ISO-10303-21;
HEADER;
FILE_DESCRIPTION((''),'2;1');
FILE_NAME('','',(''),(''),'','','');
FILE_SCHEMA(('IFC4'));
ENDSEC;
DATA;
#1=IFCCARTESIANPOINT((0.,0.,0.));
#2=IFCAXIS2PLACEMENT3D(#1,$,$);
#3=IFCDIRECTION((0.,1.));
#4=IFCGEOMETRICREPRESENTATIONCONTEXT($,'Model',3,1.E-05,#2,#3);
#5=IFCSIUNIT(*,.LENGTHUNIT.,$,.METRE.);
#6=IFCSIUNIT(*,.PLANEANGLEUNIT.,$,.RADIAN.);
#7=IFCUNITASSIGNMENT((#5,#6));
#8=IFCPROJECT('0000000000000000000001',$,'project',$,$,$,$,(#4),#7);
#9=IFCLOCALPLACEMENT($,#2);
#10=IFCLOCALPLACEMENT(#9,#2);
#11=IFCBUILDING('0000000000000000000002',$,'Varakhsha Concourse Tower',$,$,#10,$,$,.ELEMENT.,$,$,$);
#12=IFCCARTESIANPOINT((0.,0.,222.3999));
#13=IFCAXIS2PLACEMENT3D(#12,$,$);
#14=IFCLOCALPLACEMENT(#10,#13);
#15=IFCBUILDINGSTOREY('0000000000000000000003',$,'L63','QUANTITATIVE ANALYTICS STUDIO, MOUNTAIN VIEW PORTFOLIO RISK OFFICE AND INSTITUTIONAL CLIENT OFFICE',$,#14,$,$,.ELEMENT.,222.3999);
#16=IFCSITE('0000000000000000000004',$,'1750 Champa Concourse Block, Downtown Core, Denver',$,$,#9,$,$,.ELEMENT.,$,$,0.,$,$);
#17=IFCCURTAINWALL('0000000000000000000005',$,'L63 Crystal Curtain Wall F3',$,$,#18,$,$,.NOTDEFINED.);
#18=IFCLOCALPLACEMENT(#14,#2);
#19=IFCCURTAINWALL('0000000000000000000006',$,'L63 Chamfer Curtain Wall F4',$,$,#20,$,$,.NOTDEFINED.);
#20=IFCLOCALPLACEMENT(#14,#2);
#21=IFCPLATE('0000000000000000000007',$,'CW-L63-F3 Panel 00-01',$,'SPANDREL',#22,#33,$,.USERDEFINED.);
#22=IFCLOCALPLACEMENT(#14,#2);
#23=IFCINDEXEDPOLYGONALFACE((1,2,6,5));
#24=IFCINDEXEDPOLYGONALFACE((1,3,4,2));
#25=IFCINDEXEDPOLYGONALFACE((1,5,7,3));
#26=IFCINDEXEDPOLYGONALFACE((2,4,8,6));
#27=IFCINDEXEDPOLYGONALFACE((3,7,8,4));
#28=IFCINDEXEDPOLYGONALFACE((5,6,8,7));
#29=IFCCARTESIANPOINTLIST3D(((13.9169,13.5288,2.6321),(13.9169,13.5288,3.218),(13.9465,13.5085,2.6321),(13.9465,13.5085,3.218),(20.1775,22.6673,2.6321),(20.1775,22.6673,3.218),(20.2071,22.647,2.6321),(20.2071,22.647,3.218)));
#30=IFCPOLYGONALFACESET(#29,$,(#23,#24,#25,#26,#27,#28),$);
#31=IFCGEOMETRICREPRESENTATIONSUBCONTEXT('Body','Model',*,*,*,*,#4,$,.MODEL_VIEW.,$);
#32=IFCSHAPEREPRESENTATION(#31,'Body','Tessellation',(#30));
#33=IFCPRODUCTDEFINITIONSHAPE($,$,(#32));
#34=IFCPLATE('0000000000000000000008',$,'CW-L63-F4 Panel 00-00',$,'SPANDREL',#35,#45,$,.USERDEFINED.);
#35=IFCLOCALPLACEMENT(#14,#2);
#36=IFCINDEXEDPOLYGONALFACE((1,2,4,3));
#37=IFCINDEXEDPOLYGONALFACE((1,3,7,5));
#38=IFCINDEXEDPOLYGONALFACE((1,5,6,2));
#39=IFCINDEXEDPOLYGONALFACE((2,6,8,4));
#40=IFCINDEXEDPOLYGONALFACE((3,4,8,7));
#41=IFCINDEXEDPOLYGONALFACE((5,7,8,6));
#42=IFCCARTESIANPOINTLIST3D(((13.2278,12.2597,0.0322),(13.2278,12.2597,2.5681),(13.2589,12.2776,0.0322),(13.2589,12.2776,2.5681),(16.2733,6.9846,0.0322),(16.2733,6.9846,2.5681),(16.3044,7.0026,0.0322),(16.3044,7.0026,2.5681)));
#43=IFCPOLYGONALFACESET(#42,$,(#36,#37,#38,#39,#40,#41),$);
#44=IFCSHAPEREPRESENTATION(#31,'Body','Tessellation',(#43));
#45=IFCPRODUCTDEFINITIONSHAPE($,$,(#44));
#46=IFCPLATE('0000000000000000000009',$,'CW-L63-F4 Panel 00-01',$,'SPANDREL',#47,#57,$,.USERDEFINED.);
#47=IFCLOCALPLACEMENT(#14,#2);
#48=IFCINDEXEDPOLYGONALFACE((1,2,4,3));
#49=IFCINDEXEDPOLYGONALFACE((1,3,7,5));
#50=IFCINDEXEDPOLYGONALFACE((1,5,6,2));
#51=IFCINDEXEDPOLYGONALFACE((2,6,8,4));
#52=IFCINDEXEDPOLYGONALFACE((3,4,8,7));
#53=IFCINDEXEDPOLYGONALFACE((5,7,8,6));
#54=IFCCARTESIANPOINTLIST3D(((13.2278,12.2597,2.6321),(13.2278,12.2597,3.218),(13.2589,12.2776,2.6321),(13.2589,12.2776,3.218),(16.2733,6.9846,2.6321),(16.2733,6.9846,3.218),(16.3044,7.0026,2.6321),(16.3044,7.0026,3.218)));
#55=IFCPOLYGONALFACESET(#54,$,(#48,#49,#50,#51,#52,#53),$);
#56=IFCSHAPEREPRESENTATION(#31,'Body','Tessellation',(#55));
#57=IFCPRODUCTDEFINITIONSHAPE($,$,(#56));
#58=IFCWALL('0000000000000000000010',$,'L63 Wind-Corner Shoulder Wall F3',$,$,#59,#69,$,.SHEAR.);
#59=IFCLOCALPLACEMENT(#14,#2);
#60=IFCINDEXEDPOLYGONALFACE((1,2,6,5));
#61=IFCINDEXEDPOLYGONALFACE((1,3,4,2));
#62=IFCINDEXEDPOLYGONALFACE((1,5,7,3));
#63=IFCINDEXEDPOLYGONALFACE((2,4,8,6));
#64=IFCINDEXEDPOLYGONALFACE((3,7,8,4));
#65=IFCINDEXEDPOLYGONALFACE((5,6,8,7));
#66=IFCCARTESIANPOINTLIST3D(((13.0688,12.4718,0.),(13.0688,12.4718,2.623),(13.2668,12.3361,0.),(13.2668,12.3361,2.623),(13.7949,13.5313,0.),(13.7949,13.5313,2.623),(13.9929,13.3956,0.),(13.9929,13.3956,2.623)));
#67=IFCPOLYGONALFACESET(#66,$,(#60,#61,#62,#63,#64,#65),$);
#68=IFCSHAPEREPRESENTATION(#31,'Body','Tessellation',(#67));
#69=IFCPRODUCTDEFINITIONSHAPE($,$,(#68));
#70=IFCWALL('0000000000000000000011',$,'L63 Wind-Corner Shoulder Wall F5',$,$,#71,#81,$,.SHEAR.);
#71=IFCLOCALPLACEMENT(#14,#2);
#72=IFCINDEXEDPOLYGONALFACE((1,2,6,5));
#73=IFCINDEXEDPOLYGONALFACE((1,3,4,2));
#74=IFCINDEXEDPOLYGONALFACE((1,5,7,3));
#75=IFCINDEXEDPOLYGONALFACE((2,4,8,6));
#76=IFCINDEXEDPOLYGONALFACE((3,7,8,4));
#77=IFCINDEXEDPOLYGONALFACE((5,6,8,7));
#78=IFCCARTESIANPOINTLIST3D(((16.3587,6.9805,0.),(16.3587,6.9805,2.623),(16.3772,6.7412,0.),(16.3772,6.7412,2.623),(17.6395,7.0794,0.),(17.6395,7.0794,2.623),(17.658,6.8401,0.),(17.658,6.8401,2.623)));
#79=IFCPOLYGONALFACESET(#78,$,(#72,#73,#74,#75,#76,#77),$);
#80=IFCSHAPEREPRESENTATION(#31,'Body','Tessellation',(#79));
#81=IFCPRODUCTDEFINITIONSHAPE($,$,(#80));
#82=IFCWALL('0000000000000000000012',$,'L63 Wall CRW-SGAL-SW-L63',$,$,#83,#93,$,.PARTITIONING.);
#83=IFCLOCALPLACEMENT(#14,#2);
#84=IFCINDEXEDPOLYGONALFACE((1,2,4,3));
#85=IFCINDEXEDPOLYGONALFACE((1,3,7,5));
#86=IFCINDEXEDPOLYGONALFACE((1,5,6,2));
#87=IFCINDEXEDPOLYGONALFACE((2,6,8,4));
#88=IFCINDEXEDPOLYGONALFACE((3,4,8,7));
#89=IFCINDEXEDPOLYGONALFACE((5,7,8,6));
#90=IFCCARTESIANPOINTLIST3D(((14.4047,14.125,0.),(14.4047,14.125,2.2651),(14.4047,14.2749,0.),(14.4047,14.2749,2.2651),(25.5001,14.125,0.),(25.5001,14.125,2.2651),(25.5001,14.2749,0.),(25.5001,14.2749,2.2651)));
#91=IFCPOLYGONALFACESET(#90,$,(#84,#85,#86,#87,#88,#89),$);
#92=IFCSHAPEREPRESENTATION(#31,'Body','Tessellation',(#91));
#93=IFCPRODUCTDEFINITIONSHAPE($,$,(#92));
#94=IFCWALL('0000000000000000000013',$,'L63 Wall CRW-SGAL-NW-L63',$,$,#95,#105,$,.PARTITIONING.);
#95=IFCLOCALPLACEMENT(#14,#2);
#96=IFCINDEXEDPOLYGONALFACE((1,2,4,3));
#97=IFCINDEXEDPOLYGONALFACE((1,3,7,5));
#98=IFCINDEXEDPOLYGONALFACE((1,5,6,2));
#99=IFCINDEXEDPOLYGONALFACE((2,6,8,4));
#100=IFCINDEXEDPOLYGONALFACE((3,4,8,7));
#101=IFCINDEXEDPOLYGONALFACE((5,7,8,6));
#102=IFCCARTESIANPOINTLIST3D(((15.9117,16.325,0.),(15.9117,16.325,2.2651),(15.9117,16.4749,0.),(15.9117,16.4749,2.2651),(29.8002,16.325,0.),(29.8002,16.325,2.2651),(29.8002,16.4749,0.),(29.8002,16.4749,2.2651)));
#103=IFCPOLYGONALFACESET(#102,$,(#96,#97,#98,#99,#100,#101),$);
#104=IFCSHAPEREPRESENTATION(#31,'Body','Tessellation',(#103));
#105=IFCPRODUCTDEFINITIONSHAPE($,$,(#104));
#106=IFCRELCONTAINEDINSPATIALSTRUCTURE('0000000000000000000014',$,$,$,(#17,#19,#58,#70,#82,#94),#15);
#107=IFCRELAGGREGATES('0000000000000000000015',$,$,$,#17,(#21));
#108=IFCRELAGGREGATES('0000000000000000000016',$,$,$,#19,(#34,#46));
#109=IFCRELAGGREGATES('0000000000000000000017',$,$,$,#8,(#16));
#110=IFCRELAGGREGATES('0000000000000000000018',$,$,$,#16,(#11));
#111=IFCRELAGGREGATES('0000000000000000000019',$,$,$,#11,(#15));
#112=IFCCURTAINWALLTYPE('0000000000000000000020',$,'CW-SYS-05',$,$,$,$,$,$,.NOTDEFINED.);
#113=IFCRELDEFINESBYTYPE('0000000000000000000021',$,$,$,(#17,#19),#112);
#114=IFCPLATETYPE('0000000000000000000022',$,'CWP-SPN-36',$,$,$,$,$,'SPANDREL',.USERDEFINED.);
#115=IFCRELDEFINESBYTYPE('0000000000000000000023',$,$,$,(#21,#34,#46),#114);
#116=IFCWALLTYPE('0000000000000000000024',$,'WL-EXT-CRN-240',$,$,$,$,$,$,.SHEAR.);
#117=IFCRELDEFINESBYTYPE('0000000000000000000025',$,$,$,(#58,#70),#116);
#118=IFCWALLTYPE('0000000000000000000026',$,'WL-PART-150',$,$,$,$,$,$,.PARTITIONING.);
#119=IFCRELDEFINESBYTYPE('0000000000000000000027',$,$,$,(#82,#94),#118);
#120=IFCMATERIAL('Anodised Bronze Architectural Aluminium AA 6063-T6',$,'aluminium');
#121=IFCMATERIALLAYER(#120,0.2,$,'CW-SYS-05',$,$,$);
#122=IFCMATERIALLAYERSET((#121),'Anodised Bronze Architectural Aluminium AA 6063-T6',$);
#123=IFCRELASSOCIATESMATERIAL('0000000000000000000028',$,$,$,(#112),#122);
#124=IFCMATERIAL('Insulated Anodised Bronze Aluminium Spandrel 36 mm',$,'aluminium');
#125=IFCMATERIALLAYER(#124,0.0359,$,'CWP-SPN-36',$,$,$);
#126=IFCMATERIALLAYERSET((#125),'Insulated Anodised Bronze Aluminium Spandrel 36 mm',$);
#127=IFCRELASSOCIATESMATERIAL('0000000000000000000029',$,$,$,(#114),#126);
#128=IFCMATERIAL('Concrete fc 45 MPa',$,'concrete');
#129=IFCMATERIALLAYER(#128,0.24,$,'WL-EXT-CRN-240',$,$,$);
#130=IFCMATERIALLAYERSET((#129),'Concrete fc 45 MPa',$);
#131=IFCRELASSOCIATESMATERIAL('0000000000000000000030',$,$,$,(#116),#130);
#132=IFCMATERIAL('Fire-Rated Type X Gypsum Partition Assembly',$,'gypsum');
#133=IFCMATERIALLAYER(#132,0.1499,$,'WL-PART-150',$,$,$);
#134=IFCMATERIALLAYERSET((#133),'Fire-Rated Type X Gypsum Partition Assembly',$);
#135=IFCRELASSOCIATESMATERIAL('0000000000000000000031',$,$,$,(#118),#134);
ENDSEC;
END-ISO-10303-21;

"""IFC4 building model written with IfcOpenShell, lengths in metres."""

from ifc_helpers import new_model, si_unit, direction, frame, frame_2d, origin, origin_2d, place, context, subcontext, project, spatial, rectangle, extrude, source, transform, mapped, material, layer, layer_set, type_object, type_shapes, element, aggregate, save


model = new_model("IFC4")

# Units and contexts
model_context = context("Model", 3, precision=1e-05, world=origin(), true_north=direction((0.0, 1.0)))
body_context = subcontext(model_context, "Body", "Model", "MODEL_VIEW")
ifc_project = project(units=[si_unit("LENGTHUNIT", "METRE"), si_unit("PLANEANGLEUNIT", "RADIAN")], contexts=[model_context])

# Site, building, storey
site_placement = place(None, origin())
site = spatial("IfcSite", under=ifc_project, at=site_placement, Name="1750 Champa Concourse Block, Downtown Core, Denver", CompositionType="ELEMENT", RefElevation=0.0)
building_placement = place(site_placement, origin())
building = spatial("IfcBuilding", under=site, at=building_placement, Name="Varakhsha Concourse Tower", CompositionType="ELEMENT")
storey_placement = place(building_placement, frame((0.0, 0.0, 222.3999)))
storey = spatial("IfcBuildingStorey", under=building, at=storey_placement, Name="L63", Description="QUANTITATIVE ANALYTICS STUDIO, MOUNTAIN VIEW PORTFOLIO RISK OFFICE AND INSTITUTIONAL CLIENT OFFICE", CompositionType="ELEMENT", Elevation=222.3999)

# Curtain wall
ifc_material_1 = material(Name="Anodised Bronze Architectural Aluminium AA 6063-T6", Category="aluminium")
ifc_layer_1 = layer(ifc_material_1, 0.2, Name="CW-SYS-05")
ifc_layer_set_1 = layer_set([ifc_layer_1], Name="Anodised Bronze Architectural Aluminium AA 6063-T6")
curtain_wall_type = type_object("IfcCurtainWallType", Name="CW-SYS-05", PredefinedType="NOTDEFINED", material=ifc_layer_set_1)
curtain_wall_1_placement = place(storey_placement, origin())
curtain_wall_1 = element("IfcCurtainWall", 1, at=curtain_wall_1_placement, inside=storey, type_object=curtain_wall_type, Name="L63 Crystal Curtain Wall F3", PredefinedType="NOTDEFINED")

# Curtain wall
curtain_wall_2_placement = place(storey_placement, origin())
curtain_wall_2 = element("IfcCurtainWall", 2, at=curtain_wall_2_placement, inside=storey, type_object=curtain_wall_type, Name="L63 Chamfer Curtain Wall F4", PredefinedType="NOTDEFINED")

# Shared definitions
ifc_material_2 = material(Name="Concrete fc 45 MPa", Category="concrete")

# Plates
ifc_material_3 = material(Name="Insulated Anodised Bronze Aluminium Spandrel 36 mm", Category="aluminium")
ifc_layer_2 = layer(ifc_material_3, 0.0359, Name="CWP-SPN-36")
ifc_layer_set_2 = layer_set([ifc_layer_2], Name="Insulated Anodised Bronze Aluminium Spandrel 36 mm")
plate_type_1 = type_object("IfcPlateType", Name="CWP-SPN-36", ElementType="SPANDREL", PredefinedType="USERDEFINED", material=ifc_layer_set_2)
shared_shape_1 = source(origin(), body_context, "Body", "SweptSolid", [
    extrude(rectangle(XDim=11.0774, YDim=0.0359, at=origin_2d()), origin(), (0.0, 0.0, 1.0), 0.5859),
])
plate_1_placement = place(storey_placement, frame((17.062, 18.0879, 2.6321), z_axis=(0.0, 0.0, 1.0), x_axis=(0.565173, 0.824972, 0.0)))
plate_1 = element("IfcPlate", 3, at=plate_1_placement, type_object=plate_type_1, Name="CW-L63-F3 Panel 00-01", ObjectType="SPANDREL", PredefinedType="USERDEFINED", context=body_context, shape_type="MappedRepresentation", body=[
    mapped(shared_shape_1, transform((0.0, 0.0, 0.0), scale=1.0)),
])
aggregate(curtain_wall_1, [plate_1])
shared_shape_2 = source(origin(), body_context, "Body", "SweptSolid", [
    extrude(rectangle(XDim=6.0911, YDim=0.0359, at=origin_2d()), origin(), (0.0, 0.0, 1.0), 2.5359),
])
plate_2_placement = place(storey_placement, frame((14.7661, 9.6311, 0.0322), z_axis=(0.0, 0.0, 1.0), x_axis=(-0.499994, 0.866029, 0.0)))
plate_2 = element("IfcPlate", 4, at=plate_2_placement, type_object=plate_type_1, Name="CW-L63-F4 Panel 00-00", ObjectType="SPANDREL", PredefinedType="USERDEFINED", context=body_context, shape_type="MappedRepresentation", body=[
    mapped(shared_shape_2, transform((0.0, 0.0, 0.0), scale=1.0)),
])
shared_shape_3 = source(origin(), body_context, "Body", "SweptSolid", [
    extrude(rectangle(XDim=6.0911, YDim=0.0359, at=origin_2d()), origin(), (0.0, 0.0, 1.0), 0.5859),
])
type_shapes(plate_type_1, [shared_shape_1, shared_shape_2, shared_shape_3])
plate_3_placement = place(storey_placement, frame((14.7661, 9.6311, 2.6321), z_axis=(0.0, 0.0, 1.0), x_axis=(-0.499994, 0.866029, 0.0)))
plate_3 = element("IfcPlate", 5, at=plate_3_placement, type_object=plate_type_1, Name="CW-L63-F4 Panel 00-01", ObjectType="SPANDREL", PredefinedType="USERDEFINED", context=body_context, shape_type="MappedRepresentation", body=[
    mapped(shared_shape_3, transform((0.0, 0.0, 0.0), scale=1.0)),
])
aggregate(curtain_wall_2, [plate_2, plate_3])

# Walls
ifc_layer_3 = layer(ifc_material_2, 0.24, Name="WL-EXT-CRN-240")
ifc_layer_set_3 = layer_set([ifc_layer_3], Name="Concrete fc 45 MPa")
wall_type_1 = type_object("IfcWallType", Name="WL-EXT-CRN-240", PredefinedType="SHEAR", material=ifc_layer_set_3)
wall_1_placement = place(storey_placement, frame((13.8938, 13.4634, 0.0), z_axis=(0.0, 0.0, 1.0), x_axis=(-0.56527, -0.824906, 0.0)))
element("IfcWall", 6, at=wall_1_placement, inside=storey, type_object=wall_type_1, Name="L63 Wind-Corner Shoulder Wall F3", PredefinedType="SHEAR", context=body_context, shape_type="SweptSolid", body=[
    extrude(rectangle(XDim=1.2844, YDim=0.24, at=frame_2d((0.6421, 0.0))), origin(), (0.0, 0.0, 1.0), 2.623),
])
wall_2_placement = place(storey_placement, frame((16.3679, 6.8608, 0.0), z_axis=(0.0, 0.0, 1.0), x_axis=(0.997033, 0.076973, 0.0)))
element("IfcWall", 7, at=wall_2_placement, inside=storey, type_object=wall_type_1, Name="L63 Wind-Corner Shoulder Wall F5", PredefinedType="SHEAR", context=body_context, shape_type="SweptSolid", body=[
    extrude(rectangle(XDim=1.2847, YDim=0.24, at=frame_2d((0.6423, 0.0))), origin(), (0.0, 0.0, 1.0), 2.623),
])
ifc_material_4 = material(Name="Fire-Rated Type X Gypsum Partition Assembly", Category="gypsum")
ifc_layer_4 = layer(ifc_material_4, 0.1499, Name="WL-PART-150")
ifc_layer_set_4 = layer_set([ifc_layer_4], Name="Fire-Rated Type X Gypsum Partition Assembly")
wall_type_2 = type_object("IfcWallType", Name="WL-PART-150", PredefinedType="PARTITIONING", material=ifc_layer_set_4)
wall_3_placement = place(storey_placement, frame((14.4045, 14.2, 0.0), z_axis=(0.0, 0.0, 1.0), x_axis=(1.0, 0.0, 0.0)))
element("IfcWall", 8, at=wall_3_placement, inside=storey, type_object=wall_type_2, Name="L63 Wall CRW-SGAL-SW-L63", PredefinedType="PARTITIONING", context=body_context, shape_type="SweptSolid", body=[
    extrude(rectangle(XDim=11.0955, YDim=0.1499, at=frame_2d((5.5479, 0.0))), origin(), (0.0, 0.0, 1.0), 2.2651),
])
wall_4_placement = place(storey_placement, frame((15.9116, 16.3999, 0.0), z_axis=(0.0, 0.0, 1.0), x_axis=(1.0, 0.0, 0.0)))
element("IfcWall", 9, at=wall_4_placement, inside=storey, type_object=wall_type_2, Name="L63 Wall CRW-SGAL-NW-L63", PredefinedType="PARTITIONING", context=body_context, shape_type="SweptSolid", body=[
    extrude(rectangle(XDim=13.8884, YDim=0.1499, at=frame_2d((6.9443, 0.0))), origin(), (0.0, 0.0, 1.0), 2.2651),
])

save(model, "model.ifc")
